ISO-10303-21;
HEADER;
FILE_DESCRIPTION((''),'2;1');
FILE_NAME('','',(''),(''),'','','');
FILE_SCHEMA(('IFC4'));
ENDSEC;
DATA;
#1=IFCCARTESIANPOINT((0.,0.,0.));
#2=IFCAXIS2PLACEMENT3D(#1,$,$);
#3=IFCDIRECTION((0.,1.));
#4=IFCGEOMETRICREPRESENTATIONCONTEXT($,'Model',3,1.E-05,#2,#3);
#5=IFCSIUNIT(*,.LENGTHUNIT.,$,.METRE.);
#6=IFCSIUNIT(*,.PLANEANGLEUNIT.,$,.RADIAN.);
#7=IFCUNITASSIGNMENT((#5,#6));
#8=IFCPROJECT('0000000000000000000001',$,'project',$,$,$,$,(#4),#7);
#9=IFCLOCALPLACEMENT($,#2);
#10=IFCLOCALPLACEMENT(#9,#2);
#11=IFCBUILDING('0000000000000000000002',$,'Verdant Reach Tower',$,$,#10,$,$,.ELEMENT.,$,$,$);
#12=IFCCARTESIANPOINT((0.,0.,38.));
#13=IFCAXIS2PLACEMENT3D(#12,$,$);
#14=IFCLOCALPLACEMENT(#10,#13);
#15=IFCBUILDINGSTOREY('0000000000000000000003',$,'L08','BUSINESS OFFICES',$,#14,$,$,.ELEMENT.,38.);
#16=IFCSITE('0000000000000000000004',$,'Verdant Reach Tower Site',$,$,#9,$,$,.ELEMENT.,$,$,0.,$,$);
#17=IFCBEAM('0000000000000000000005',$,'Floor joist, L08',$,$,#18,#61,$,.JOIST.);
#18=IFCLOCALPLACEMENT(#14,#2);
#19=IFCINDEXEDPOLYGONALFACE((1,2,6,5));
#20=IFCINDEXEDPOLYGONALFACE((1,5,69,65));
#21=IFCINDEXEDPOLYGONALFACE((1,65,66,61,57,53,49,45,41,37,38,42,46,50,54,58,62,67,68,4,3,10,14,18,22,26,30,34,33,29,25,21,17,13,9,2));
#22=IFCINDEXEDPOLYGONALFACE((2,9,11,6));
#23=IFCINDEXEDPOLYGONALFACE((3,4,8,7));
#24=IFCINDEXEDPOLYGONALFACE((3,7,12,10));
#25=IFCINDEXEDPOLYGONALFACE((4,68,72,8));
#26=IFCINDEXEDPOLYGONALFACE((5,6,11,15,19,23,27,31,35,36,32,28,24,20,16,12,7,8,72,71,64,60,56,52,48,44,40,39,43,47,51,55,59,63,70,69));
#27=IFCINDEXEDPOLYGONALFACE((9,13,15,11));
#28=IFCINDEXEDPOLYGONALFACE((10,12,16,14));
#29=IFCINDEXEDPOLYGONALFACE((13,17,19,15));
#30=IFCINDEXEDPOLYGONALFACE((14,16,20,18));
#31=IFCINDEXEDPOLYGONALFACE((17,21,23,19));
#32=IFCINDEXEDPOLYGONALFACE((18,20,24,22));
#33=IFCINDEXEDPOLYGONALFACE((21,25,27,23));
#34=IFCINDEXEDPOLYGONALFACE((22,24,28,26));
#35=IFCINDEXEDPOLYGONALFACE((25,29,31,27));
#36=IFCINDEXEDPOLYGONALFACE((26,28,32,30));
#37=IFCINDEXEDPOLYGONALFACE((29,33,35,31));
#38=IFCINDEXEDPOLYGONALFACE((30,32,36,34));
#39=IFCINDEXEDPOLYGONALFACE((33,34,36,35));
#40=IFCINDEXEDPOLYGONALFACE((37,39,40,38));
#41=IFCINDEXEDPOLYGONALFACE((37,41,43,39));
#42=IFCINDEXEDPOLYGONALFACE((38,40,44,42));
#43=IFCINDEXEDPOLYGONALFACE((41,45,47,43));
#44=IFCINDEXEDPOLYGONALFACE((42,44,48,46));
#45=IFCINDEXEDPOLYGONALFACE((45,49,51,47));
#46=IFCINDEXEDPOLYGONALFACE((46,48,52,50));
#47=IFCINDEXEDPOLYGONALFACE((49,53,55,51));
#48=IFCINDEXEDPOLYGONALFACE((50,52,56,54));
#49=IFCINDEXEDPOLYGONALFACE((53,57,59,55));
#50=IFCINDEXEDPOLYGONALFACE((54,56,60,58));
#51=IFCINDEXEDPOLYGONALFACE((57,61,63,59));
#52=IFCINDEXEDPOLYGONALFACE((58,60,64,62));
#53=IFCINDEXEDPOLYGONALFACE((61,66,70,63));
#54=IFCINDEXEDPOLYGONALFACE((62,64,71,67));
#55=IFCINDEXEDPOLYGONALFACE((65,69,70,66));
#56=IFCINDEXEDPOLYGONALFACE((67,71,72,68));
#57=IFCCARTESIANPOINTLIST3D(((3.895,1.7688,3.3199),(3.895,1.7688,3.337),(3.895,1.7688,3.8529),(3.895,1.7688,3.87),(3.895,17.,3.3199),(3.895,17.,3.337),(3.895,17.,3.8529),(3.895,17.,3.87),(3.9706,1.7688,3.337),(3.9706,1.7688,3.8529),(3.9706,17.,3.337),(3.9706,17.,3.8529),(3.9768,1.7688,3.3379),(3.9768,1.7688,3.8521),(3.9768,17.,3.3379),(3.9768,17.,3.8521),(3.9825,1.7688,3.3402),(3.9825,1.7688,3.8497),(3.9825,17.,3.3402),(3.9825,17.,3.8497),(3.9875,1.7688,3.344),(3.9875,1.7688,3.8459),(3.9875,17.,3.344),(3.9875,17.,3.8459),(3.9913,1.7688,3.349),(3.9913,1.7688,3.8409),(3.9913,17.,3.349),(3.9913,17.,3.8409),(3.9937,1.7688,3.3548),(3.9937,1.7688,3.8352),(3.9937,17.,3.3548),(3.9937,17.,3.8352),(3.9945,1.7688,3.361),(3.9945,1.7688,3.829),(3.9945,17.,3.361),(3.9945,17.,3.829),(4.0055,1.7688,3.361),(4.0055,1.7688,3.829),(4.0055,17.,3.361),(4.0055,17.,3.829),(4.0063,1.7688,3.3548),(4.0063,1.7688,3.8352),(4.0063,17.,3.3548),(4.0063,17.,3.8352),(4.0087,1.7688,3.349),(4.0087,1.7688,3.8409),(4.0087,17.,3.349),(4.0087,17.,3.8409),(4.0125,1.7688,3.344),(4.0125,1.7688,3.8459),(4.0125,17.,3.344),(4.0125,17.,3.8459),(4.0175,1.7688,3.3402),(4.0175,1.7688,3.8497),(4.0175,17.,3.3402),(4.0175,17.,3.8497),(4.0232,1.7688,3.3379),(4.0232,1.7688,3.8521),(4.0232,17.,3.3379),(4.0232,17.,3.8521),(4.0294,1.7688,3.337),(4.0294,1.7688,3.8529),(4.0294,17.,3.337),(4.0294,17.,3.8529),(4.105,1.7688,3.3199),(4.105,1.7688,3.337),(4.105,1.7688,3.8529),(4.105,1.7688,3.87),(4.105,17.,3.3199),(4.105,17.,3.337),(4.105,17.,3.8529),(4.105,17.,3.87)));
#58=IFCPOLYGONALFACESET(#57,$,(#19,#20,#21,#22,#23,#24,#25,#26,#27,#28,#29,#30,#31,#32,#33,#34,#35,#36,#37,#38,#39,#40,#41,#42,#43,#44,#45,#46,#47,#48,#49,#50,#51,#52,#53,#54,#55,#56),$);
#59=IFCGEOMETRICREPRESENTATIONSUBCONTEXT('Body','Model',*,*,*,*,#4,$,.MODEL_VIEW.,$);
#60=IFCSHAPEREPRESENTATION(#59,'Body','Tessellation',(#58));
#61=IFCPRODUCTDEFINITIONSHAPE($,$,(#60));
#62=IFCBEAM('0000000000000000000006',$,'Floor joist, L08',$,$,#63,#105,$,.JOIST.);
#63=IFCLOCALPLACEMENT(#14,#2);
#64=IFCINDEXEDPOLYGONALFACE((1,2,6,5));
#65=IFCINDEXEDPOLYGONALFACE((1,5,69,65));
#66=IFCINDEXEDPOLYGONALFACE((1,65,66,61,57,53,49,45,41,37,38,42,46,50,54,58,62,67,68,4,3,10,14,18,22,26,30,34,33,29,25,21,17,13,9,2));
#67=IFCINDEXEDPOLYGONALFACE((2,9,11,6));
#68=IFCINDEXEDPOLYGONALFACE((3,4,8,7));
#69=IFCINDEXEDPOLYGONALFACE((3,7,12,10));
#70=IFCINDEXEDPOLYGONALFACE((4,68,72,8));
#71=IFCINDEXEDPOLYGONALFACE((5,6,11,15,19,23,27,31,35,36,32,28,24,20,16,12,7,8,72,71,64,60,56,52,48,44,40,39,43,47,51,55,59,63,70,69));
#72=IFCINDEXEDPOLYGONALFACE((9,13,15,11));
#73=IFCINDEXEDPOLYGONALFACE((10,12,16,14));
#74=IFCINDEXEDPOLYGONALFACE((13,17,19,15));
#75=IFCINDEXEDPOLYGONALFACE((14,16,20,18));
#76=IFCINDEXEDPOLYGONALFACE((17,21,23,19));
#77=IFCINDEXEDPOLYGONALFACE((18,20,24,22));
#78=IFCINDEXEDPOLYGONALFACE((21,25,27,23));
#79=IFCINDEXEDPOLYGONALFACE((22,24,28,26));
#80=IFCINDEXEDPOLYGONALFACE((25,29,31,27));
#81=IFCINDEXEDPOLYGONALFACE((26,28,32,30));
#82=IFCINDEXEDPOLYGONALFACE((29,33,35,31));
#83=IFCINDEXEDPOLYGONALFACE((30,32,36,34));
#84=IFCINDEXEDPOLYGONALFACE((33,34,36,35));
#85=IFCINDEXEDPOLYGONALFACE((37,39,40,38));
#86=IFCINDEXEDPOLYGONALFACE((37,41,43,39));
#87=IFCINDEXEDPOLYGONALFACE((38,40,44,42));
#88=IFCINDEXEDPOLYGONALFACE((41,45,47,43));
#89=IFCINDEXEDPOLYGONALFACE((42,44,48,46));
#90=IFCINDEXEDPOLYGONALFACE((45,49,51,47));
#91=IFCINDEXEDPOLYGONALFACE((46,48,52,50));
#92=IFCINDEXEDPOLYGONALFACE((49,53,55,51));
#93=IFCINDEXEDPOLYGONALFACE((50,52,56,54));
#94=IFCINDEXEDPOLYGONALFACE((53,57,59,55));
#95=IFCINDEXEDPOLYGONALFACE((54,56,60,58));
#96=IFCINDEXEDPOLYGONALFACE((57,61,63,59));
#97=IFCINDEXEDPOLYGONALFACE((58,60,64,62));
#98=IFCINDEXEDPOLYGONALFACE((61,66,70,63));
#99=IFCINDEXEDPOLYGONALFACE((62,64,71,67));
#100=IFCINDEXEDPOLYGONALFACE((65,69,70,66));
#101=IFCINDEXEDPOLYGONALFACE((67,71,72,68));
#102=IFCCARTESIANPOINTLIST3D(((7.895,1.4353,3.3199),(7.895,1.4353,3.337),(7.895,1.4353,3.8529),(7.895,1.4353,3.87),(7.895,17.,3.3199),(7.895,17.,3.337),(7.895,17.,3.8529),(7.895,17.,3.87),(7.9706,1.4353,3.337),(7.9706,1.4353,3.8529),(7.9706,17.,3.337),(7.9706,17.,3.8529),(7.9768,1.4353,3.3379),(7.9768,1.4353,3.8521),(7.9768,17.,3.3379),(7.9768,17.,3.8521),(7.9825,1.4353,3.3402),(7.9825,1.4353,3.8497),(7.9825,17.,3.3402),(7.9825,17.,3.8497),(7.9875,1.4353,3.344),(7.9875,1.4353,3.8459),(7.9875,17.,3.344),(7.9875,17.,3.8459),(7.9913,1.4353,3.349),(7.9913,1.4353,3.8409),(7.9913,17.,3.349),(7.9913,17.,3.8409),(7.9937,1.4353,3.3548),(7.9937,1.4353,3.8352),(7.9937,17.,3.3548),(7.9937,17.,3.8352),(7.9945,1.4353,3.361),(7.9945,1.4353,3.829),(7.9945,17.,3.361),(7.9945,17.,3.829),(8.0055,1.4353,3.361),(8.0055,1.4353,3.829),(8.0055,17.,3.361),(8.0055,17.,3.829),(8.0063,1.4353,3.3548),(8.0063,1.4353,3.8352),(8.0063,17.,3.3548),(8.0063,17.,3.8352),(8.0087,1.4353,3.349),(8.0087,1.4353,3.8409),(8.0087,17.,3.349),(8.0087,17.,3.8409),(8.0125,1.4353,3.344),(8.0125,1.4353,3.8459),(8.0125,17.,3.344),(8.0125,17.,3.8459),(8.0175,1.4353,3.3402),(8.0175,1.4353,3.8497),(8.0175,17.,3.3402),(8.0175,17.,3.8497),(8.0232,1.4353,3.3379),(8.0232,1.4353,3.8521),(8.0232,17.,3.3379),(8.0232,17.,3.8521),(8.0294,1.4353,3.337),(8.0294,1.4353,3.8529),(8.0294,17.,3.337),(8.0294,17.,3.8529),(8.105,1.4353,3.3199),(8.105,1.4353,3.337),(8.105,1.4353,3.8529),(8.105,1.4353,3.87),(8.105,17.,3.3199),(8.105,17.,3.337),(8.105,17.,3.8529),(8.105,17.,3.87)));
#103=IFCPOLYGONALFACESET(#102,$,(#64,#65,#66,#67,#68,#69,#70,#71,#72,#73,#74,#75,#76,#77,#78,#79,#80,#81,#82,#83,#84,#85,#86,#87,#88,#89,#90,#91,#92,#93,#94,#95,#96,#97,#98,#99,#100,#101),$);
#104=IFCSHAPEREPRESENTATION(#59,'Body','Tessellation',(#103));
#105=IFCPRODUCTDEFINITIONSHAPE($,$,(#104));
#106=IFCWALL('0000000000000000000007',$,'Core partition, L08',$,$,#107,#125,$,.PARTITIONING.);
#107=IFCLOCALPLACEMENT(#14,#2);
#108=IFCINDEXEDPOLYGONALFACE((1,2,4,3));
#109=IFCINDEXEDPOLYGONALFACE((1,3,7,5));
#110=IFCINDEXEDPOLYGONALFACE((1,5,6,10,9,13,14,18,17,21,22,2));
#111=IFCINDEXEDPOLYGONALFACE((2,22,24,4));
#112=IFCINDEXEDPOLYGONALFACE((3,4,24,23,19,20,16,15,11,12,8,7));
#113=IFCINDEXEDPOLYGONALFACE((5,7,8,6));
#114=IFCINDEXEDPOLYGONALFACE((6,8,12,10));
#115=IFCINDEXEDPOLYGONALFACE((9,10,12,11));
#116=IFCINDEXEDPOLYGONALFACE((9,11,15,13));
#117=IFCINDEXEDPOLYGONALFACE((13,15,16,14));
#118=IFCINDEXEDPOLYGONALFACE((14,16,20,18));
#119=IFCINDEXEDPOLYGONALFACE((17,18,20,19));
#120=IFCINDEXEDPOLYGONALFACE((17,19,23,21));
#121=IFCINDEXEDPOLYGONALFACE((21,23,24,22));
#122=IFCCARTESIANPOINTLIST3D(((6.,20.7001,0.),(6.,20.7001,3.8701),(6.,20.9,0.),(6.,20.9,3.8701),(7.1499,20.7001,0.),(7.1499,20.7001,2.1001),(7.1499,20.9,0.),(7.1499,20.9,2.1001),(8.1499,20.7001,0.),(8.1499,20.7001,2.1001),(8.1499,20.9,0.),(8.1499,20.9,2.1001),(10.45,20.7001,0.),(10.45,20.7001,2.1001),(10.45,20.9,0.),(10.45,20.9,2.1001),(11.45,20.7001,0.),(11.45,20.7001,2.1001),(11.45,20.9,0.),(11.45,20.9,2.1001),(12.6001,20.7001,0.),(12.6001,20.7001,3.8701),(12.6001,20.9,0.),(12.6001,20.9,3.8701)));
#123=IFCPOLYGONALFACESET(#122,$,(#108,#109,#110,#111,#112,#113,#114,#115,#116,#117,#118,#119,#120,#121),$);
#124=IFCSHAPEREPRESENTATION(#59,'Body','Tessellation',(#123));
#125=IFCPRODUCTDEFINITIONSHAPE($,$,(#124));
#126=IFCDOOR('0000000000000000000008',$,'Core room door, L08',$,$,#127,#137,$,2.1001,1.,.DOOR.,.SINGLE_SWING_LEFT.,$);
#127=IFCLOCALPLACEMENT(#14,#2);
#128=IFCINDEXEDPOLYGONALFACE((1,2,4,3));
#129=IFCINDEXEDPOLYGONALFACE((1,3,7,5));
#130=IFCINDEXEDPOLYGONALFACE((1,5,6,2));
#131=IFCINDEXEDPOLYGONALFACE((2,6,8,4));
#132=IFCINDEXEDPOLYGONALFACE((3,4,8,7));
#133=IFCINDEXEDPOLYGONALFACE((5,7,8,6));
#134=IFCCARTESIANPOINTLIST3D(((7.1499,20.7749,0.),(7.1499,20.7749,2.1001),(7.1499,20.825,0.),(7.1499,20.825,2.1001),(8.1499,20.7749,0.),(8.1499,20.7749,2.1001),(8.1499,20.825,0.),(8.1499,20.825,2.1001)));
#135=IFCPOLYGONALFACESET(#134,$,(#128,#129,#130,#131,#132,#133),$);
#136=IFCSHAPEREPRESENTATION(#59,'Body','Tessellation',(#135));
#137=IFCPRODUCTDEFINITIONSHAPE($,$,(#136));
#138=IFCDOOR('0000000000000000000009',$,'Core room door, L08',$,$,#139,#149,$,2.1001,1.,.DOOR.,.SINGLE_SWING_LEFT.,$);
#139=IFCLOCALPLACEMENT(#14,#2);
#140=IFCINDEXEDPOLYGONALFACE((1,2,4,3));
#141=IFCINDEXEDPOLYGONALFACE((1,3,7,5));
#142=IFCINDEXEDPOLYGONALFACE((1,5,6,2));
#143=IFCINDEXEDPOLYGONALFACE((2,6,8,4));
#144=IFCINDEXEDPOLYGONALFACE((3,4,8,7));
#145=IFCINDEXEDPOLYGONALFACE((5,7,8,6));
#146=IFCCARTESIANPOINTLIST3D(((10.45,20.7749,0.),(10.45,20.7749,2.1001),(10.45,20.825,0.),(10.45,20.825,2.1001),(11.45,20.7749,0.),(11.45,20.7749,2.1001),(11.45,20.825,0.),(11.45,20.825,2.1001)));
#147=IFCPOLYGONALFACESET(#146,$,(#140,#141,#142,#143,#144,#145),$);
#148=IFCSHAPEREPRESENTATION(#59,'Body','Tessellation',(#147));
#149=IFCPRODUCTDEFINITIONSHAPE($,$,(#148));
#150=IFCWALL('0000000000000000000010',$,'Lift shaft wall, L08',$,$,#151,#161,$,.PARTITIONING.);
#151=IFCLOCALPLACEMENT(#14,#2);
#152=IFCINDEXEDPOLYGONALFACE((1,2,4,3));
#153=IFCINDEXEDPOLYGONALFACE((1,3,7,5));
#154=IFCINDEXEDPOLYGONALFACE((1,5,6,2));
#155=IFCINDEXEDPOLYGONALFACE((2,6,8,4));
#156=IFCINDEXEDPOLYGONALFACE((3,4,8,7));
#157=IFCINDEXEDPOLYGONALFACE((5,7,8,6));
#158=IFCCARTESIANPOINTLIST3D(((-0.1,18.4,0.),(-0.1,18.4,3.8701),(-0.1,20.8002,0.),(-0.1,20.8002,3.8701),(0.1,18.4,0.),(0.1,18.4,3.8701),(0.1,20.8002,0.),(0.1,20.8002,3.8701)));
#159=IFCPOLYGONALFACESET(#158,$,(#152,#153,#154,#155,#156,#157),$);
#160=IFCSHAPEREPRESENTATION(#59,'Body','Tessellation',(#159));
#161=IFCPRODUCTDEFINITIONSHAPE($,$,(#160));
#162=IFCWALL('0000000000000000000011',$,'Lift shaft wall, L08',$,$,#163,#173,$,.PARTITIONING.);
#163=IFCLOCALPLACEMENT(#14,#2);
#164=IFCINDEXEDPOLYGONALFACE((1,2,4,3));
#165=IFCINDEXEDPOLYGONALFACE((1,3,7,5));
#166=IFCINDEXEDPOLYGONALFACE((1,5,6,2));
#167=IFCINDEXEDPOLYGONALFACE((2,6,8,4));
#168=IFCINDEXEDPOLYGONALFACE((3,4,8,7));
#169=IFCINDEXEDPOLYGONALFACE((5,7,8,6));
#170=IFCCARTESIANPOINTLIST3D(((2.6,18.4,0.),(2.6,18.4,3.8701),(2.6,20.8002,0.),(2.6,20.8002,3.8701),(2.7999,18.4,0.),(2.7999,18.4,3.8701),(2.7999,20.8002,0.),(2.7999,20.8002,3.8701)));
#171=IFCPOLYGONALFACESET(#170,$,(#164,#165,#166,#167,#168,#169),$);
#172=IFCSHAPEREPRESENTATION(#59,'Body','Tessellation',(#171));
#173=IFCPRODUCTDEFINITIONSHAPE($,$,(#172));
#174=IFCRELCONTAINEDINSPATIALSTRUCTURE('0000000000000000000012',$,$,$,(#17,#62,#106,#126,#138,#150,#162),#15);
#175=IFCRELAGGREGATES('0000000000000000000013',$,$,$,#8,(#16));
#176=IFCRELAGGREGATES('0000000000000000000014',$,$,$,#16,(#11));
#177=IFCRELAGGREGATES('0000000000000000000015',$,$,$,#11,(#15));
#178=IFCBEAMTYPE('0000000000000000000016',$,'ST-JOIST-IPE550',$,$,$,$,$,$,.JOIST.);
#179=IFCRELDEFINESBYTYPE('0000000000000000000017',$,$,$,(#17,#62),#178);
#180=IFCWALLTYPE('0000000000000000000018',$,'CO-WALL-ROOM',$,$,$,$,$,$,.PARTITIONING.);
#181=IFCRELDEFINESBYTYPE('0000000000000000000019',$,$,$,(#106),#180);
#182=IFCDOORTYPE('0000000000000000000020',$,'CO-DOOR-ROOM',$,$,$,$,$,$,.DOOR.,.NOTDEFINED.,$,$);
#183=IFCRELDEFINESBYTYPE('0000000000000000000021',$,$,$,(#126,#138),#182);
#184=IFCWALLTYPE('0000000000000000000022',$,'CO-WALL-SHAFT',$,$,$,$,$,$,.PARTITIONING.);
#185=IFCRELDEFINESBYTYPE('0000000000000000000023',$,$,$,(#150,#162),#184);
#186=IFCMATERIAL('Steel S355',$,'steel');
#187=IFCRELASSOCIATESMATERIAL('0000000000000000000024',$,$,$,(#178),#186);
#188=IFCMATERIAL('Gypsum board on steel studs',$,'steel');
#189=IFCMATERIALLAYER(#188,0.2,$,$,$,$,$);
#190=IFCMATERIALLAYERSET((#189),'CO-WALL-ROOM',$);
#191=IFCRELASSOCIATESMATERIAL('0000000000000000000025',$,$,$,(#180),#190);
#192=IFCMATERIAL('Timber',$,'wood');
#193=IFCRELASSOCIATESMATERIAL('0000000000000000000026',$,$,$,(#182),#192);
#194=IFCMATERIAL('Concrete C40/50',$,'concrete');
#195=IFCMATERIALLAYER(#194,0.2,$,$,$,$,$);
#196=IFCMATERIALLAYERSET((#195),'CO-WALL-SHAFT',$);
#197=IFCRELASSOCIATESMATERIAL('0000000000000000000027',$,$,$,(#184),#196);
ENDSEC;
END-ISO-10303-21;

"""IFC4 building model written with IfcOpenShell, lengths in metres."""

from ifc_helpers import new_model, si_unit, direction, frame, frame_2d, origin, origin_2d, place, context, subcontext, project, spatial, rectangle, i_section, extrude, material, layer, layer_set, material_profile, profile_set, type_object, element, fill, save


model = new_model("IFC4")

# Units and contexts
model_context = context("Model", 3, precision=1e-05, world=origin(), true_north=direction((0.0, 1.0)))
body_context = subcontext(model_context, "Body", "Model", "MODEL_VIEW")
ifc_project = project(units=[si_unit("LENGTHUNIT", "METRE"), si_unit("PLANEANGLEUNIT", "RADIAN")], contexts=[model_context])

# Site, building, storey
site_placement = place(None, origin())
site = spatial("IfcSite", under=ifc_project, at=site_placement, Name="Verdant Reach Tower Site", CompositionType="ELEMENT", RefElevation=0.0)
building_placement = place(site_placement, origin())
building = spatial("IfcBuilding", under=site, at=building_placement, Name="Verdant Reach Tower", CompositionType="ELEMENT")
storey_placement = place(building_placement, frame((0.0, 0.0, 38.0)))
storey = spatial("IfcBuildingStorey", under=building, at=storey_placement, Name="L08", Description="BUSINESS OFFICES", CompositionType="ELEMENT", Elevation=38.0)

# Beams
ifc_material_1 = material(Name="Steel S355", Category="steel")
ifc_material_profile = material_profile(ifc_material_1, i_section(OverallWidth=0.21, OverallDepth=0.55, WebThickness=0.011, FlangeThickness=0.0171, FilletRadius=0.0239, at=origin_2d()), Name="IPE 550")
ifc_profile_set = profile_set([ifc_material_profile], Name="Steel S355")
beam_type = type_object("IfcBeamType", Name="ST-JOIST-IPE550", PredefinedType="JOIST", material=ifc_profile_set)
beam_1_placement = place(storey_placement, frame((4.0, 17.0, 3.595), z_axis=(0.0, -1.0, 0.0), x_axis=(1.0, 0.0, 0.0)))
element("IfcBeam", 1, at=beam_1_placement, inside=storey, type_object=beam_type, Name="Floor joist, L08", PredefinedType="JOIST", context=body_context, shape_type="SweptSolid", body=[
    extrude(i_section(OverallWidth=0.21, OverallDepth=0.55, WebThickness=0.011, FlangeThickness=0.0171, FilletRadius=0.0239, at=origin_2d()), origin(), (0.0, 0.0, 1.0), 15.2312),
])
beam_2_placement = place(storey_placement, frame((8.0, 17.0, 3.595), z_axis=(0.0, -1.0, 0.0), x_axis=(1.0, 0.0, 0.0)))
element("IfcBeam", 2, at=beam_2_placement, inside=storey, type_object=beam_type, Name="Floor joist, L08", PredefinedType="JOIST", context=body_context, shape_type="SweptSolid", body=[
    extrude(i_section(OverallWidth=0.21, OverallDepth=0.55, WebThickness=0.011, FlangeThickness=0.0171, FilletRadius=0.0239, at=origin_2d()), origin(), (0.0, 0.0, 1.0), 15.5647),
])

# Wall, openings, doors
ifc_material_2 = material(Name="Gypsum board on steel studs", Category="steel")
ifc_layer_1 = layer(ifc_material_2, 0.2)
ifc_layer_set_1 = layer_set([ifc_layer_1], Name="CO-WALL-ROOM")
wall_type_1 = type_object("IfcWallType", Name="CO-WALL-ROOM", PredefinedType="PARTITIONING", material=ifc_layer_set_1)
wall_1_placement = place(storey_placement, frame((6.0, 20.8, 0.0), z_axis=(0.0, 0.0, 1.0), x_axis=(1.0, 0.0, 0.0)))
wall_1 = element("IfcWall", 3, at=wall_1_placement, inside=storey, type_object=wall_type_1, Name="Core partition, L08", PredefinedType="PARTITIONING", context=body_context, shape_type="SweptSolid", body=[
    extrude(rectangle(XDim=6.6001, YDim=0.2, at=frame_2d((3.3, 0.0))), origin(), (0.0, 0.0, 1.0), 3.8701),
])
opening_1_placement = place(wall_1_placement, frame((1.1499, 0.0, 0.0)))
opening_1 = element("IfcOpeningElement", 4, at=opening_1_placement, cuts=wall_1, PredefinedType="OPENING", context=body_context, shape_type="SweptSolid", body=[
    extrude(rectangle(XDim=1.0, YDim=2.1001, at=frame_2d((0.5, 1.05))), frame((0.0, 0.1099, 0.0), z_axis=(0.0, -1.0, 0.0), x_axis=(1.0, 0.0, 0.0)), (0.0, 0.0, 1.0), 0.22),
])
opening_2_placement = place(wall_1_placement, frame((4.45, 0.0, 0.0)))
opening_2 = element("IfcOpeningElement", 5, at=opening_2_placement, cuts=wall_1, PredefinedType="OPENING", context=body_context, shape_type="SweptSolid", body=[
    extrude(rectangle(XDim=1.0, YDim=2.1001, at=frame_2d((0.5, 1.05))), frame((0.0, 0.1099, 0.0), z_axis=(0.0, -1.0, 0.0), x_axis=(1.0, 0.0, 0.0)), (0.0, 0.0, 1.0), 0.22),
])
ifc_material_3 = material(Name="Timber", Category="wood")
door_type_1 = type_object("IfcDoorType", Name="CO-DOOR-ROOM", OperationType="NOTDEFINED", PredefinedType="DOOR", material=ifc_material_3)
door_1_placement = place(opening_1_placement, origin())
door_1 = element("IfcDoor", 6, at=door_1_placement, inside=storey, type_object=door_type_1, Name="Core room door, L08", OperationType="SINGLE_SWING_LEFT", OverallHeight=2.1001, OverallWidth=1.0, PredefinedType="DOOR", context=body_context, shape_type="SweptSolid", body=[
    extrude(rectangle(XDim=1.0, YDim=2.1001, at=frame_2d((0.5, 1.05))), frame((0.0, 0.0249, 0.0), z_axis=(0.0, -1.0, 0.0), x_axis=(1.0, 0.0, 0.0)), (0.0, 0.0, 1.0), 0.05),
])
fill(opening_1, door_1)
door_2_placement = place(opening_2_placement, origin())
door_2 = element("IfcDoor", 7, at=door_2_placement, inside=storey, type_object=door_type_1, Name="Core room door, L08", OperationType="SINGLE_SWING_LEFT", OverallHeight=2.1001, OverallWidth=1.0, PredefinedType="DOOR", context=body_context, shape_type="SweptSolid", body=[
    extrude(rectangle(XDim=1.0, YDim=2.1001, at=frame_2d((0.5, 1.05))), frame((0.0, 0.0249, 0.0), z_axis=(0.0, -1.0, 0.0), x_axis=(1.0, 0.0, 0.0)), (0.0, 0.0, 1.0), 0.05),
])
fill(opening_2, door_2)

# Walls
ifc_material_4 = material(Name="Concrete C40/50", Category="concrete")
ifc_layer_2 = layer(ifc_material_4, 0.2)
ifc_layer_set_2 = layer_set([ifc_layer_2], Name="CO-WALL-SHAFT")
wall_type_2 = type_object("IfcWallType", Name="CO-WALL-SHAFT", PredefinedType="PARTITIONING", material=ifc_layer_set_2)
for number, where, z_axis, x_axis, name in (
    (8, (0.0, 18.3999, 0.0), (0.0, 0.0, 1.0), (0.0, 1.0, 0.0), "Lift shaft wall, L08"),
    (9, (2.7, 18.3999, 0.0), (0.0, 0.0, 1.0), (0.0, 1.0, 0.0), "Lift shaft wall, L08"),
):
    element("IfcWall", number, at=place(storey_placement, frame(where, z_axis=z_axis, x_axis=x_axis)), inside=storey, type_object=wall_type_2, Name=name, PredefinedType="PARTITIONING", context=body_context, shape_type="SweptSolid", body=[
        extrude(rectangle(XDim=2.4001, YDim=0.2, at=frame_2d((1.2002, 0.0))), origin(), (0.0, 0.0, 1.0), 3.8701),
    ])

save(model, "model.ifc")
